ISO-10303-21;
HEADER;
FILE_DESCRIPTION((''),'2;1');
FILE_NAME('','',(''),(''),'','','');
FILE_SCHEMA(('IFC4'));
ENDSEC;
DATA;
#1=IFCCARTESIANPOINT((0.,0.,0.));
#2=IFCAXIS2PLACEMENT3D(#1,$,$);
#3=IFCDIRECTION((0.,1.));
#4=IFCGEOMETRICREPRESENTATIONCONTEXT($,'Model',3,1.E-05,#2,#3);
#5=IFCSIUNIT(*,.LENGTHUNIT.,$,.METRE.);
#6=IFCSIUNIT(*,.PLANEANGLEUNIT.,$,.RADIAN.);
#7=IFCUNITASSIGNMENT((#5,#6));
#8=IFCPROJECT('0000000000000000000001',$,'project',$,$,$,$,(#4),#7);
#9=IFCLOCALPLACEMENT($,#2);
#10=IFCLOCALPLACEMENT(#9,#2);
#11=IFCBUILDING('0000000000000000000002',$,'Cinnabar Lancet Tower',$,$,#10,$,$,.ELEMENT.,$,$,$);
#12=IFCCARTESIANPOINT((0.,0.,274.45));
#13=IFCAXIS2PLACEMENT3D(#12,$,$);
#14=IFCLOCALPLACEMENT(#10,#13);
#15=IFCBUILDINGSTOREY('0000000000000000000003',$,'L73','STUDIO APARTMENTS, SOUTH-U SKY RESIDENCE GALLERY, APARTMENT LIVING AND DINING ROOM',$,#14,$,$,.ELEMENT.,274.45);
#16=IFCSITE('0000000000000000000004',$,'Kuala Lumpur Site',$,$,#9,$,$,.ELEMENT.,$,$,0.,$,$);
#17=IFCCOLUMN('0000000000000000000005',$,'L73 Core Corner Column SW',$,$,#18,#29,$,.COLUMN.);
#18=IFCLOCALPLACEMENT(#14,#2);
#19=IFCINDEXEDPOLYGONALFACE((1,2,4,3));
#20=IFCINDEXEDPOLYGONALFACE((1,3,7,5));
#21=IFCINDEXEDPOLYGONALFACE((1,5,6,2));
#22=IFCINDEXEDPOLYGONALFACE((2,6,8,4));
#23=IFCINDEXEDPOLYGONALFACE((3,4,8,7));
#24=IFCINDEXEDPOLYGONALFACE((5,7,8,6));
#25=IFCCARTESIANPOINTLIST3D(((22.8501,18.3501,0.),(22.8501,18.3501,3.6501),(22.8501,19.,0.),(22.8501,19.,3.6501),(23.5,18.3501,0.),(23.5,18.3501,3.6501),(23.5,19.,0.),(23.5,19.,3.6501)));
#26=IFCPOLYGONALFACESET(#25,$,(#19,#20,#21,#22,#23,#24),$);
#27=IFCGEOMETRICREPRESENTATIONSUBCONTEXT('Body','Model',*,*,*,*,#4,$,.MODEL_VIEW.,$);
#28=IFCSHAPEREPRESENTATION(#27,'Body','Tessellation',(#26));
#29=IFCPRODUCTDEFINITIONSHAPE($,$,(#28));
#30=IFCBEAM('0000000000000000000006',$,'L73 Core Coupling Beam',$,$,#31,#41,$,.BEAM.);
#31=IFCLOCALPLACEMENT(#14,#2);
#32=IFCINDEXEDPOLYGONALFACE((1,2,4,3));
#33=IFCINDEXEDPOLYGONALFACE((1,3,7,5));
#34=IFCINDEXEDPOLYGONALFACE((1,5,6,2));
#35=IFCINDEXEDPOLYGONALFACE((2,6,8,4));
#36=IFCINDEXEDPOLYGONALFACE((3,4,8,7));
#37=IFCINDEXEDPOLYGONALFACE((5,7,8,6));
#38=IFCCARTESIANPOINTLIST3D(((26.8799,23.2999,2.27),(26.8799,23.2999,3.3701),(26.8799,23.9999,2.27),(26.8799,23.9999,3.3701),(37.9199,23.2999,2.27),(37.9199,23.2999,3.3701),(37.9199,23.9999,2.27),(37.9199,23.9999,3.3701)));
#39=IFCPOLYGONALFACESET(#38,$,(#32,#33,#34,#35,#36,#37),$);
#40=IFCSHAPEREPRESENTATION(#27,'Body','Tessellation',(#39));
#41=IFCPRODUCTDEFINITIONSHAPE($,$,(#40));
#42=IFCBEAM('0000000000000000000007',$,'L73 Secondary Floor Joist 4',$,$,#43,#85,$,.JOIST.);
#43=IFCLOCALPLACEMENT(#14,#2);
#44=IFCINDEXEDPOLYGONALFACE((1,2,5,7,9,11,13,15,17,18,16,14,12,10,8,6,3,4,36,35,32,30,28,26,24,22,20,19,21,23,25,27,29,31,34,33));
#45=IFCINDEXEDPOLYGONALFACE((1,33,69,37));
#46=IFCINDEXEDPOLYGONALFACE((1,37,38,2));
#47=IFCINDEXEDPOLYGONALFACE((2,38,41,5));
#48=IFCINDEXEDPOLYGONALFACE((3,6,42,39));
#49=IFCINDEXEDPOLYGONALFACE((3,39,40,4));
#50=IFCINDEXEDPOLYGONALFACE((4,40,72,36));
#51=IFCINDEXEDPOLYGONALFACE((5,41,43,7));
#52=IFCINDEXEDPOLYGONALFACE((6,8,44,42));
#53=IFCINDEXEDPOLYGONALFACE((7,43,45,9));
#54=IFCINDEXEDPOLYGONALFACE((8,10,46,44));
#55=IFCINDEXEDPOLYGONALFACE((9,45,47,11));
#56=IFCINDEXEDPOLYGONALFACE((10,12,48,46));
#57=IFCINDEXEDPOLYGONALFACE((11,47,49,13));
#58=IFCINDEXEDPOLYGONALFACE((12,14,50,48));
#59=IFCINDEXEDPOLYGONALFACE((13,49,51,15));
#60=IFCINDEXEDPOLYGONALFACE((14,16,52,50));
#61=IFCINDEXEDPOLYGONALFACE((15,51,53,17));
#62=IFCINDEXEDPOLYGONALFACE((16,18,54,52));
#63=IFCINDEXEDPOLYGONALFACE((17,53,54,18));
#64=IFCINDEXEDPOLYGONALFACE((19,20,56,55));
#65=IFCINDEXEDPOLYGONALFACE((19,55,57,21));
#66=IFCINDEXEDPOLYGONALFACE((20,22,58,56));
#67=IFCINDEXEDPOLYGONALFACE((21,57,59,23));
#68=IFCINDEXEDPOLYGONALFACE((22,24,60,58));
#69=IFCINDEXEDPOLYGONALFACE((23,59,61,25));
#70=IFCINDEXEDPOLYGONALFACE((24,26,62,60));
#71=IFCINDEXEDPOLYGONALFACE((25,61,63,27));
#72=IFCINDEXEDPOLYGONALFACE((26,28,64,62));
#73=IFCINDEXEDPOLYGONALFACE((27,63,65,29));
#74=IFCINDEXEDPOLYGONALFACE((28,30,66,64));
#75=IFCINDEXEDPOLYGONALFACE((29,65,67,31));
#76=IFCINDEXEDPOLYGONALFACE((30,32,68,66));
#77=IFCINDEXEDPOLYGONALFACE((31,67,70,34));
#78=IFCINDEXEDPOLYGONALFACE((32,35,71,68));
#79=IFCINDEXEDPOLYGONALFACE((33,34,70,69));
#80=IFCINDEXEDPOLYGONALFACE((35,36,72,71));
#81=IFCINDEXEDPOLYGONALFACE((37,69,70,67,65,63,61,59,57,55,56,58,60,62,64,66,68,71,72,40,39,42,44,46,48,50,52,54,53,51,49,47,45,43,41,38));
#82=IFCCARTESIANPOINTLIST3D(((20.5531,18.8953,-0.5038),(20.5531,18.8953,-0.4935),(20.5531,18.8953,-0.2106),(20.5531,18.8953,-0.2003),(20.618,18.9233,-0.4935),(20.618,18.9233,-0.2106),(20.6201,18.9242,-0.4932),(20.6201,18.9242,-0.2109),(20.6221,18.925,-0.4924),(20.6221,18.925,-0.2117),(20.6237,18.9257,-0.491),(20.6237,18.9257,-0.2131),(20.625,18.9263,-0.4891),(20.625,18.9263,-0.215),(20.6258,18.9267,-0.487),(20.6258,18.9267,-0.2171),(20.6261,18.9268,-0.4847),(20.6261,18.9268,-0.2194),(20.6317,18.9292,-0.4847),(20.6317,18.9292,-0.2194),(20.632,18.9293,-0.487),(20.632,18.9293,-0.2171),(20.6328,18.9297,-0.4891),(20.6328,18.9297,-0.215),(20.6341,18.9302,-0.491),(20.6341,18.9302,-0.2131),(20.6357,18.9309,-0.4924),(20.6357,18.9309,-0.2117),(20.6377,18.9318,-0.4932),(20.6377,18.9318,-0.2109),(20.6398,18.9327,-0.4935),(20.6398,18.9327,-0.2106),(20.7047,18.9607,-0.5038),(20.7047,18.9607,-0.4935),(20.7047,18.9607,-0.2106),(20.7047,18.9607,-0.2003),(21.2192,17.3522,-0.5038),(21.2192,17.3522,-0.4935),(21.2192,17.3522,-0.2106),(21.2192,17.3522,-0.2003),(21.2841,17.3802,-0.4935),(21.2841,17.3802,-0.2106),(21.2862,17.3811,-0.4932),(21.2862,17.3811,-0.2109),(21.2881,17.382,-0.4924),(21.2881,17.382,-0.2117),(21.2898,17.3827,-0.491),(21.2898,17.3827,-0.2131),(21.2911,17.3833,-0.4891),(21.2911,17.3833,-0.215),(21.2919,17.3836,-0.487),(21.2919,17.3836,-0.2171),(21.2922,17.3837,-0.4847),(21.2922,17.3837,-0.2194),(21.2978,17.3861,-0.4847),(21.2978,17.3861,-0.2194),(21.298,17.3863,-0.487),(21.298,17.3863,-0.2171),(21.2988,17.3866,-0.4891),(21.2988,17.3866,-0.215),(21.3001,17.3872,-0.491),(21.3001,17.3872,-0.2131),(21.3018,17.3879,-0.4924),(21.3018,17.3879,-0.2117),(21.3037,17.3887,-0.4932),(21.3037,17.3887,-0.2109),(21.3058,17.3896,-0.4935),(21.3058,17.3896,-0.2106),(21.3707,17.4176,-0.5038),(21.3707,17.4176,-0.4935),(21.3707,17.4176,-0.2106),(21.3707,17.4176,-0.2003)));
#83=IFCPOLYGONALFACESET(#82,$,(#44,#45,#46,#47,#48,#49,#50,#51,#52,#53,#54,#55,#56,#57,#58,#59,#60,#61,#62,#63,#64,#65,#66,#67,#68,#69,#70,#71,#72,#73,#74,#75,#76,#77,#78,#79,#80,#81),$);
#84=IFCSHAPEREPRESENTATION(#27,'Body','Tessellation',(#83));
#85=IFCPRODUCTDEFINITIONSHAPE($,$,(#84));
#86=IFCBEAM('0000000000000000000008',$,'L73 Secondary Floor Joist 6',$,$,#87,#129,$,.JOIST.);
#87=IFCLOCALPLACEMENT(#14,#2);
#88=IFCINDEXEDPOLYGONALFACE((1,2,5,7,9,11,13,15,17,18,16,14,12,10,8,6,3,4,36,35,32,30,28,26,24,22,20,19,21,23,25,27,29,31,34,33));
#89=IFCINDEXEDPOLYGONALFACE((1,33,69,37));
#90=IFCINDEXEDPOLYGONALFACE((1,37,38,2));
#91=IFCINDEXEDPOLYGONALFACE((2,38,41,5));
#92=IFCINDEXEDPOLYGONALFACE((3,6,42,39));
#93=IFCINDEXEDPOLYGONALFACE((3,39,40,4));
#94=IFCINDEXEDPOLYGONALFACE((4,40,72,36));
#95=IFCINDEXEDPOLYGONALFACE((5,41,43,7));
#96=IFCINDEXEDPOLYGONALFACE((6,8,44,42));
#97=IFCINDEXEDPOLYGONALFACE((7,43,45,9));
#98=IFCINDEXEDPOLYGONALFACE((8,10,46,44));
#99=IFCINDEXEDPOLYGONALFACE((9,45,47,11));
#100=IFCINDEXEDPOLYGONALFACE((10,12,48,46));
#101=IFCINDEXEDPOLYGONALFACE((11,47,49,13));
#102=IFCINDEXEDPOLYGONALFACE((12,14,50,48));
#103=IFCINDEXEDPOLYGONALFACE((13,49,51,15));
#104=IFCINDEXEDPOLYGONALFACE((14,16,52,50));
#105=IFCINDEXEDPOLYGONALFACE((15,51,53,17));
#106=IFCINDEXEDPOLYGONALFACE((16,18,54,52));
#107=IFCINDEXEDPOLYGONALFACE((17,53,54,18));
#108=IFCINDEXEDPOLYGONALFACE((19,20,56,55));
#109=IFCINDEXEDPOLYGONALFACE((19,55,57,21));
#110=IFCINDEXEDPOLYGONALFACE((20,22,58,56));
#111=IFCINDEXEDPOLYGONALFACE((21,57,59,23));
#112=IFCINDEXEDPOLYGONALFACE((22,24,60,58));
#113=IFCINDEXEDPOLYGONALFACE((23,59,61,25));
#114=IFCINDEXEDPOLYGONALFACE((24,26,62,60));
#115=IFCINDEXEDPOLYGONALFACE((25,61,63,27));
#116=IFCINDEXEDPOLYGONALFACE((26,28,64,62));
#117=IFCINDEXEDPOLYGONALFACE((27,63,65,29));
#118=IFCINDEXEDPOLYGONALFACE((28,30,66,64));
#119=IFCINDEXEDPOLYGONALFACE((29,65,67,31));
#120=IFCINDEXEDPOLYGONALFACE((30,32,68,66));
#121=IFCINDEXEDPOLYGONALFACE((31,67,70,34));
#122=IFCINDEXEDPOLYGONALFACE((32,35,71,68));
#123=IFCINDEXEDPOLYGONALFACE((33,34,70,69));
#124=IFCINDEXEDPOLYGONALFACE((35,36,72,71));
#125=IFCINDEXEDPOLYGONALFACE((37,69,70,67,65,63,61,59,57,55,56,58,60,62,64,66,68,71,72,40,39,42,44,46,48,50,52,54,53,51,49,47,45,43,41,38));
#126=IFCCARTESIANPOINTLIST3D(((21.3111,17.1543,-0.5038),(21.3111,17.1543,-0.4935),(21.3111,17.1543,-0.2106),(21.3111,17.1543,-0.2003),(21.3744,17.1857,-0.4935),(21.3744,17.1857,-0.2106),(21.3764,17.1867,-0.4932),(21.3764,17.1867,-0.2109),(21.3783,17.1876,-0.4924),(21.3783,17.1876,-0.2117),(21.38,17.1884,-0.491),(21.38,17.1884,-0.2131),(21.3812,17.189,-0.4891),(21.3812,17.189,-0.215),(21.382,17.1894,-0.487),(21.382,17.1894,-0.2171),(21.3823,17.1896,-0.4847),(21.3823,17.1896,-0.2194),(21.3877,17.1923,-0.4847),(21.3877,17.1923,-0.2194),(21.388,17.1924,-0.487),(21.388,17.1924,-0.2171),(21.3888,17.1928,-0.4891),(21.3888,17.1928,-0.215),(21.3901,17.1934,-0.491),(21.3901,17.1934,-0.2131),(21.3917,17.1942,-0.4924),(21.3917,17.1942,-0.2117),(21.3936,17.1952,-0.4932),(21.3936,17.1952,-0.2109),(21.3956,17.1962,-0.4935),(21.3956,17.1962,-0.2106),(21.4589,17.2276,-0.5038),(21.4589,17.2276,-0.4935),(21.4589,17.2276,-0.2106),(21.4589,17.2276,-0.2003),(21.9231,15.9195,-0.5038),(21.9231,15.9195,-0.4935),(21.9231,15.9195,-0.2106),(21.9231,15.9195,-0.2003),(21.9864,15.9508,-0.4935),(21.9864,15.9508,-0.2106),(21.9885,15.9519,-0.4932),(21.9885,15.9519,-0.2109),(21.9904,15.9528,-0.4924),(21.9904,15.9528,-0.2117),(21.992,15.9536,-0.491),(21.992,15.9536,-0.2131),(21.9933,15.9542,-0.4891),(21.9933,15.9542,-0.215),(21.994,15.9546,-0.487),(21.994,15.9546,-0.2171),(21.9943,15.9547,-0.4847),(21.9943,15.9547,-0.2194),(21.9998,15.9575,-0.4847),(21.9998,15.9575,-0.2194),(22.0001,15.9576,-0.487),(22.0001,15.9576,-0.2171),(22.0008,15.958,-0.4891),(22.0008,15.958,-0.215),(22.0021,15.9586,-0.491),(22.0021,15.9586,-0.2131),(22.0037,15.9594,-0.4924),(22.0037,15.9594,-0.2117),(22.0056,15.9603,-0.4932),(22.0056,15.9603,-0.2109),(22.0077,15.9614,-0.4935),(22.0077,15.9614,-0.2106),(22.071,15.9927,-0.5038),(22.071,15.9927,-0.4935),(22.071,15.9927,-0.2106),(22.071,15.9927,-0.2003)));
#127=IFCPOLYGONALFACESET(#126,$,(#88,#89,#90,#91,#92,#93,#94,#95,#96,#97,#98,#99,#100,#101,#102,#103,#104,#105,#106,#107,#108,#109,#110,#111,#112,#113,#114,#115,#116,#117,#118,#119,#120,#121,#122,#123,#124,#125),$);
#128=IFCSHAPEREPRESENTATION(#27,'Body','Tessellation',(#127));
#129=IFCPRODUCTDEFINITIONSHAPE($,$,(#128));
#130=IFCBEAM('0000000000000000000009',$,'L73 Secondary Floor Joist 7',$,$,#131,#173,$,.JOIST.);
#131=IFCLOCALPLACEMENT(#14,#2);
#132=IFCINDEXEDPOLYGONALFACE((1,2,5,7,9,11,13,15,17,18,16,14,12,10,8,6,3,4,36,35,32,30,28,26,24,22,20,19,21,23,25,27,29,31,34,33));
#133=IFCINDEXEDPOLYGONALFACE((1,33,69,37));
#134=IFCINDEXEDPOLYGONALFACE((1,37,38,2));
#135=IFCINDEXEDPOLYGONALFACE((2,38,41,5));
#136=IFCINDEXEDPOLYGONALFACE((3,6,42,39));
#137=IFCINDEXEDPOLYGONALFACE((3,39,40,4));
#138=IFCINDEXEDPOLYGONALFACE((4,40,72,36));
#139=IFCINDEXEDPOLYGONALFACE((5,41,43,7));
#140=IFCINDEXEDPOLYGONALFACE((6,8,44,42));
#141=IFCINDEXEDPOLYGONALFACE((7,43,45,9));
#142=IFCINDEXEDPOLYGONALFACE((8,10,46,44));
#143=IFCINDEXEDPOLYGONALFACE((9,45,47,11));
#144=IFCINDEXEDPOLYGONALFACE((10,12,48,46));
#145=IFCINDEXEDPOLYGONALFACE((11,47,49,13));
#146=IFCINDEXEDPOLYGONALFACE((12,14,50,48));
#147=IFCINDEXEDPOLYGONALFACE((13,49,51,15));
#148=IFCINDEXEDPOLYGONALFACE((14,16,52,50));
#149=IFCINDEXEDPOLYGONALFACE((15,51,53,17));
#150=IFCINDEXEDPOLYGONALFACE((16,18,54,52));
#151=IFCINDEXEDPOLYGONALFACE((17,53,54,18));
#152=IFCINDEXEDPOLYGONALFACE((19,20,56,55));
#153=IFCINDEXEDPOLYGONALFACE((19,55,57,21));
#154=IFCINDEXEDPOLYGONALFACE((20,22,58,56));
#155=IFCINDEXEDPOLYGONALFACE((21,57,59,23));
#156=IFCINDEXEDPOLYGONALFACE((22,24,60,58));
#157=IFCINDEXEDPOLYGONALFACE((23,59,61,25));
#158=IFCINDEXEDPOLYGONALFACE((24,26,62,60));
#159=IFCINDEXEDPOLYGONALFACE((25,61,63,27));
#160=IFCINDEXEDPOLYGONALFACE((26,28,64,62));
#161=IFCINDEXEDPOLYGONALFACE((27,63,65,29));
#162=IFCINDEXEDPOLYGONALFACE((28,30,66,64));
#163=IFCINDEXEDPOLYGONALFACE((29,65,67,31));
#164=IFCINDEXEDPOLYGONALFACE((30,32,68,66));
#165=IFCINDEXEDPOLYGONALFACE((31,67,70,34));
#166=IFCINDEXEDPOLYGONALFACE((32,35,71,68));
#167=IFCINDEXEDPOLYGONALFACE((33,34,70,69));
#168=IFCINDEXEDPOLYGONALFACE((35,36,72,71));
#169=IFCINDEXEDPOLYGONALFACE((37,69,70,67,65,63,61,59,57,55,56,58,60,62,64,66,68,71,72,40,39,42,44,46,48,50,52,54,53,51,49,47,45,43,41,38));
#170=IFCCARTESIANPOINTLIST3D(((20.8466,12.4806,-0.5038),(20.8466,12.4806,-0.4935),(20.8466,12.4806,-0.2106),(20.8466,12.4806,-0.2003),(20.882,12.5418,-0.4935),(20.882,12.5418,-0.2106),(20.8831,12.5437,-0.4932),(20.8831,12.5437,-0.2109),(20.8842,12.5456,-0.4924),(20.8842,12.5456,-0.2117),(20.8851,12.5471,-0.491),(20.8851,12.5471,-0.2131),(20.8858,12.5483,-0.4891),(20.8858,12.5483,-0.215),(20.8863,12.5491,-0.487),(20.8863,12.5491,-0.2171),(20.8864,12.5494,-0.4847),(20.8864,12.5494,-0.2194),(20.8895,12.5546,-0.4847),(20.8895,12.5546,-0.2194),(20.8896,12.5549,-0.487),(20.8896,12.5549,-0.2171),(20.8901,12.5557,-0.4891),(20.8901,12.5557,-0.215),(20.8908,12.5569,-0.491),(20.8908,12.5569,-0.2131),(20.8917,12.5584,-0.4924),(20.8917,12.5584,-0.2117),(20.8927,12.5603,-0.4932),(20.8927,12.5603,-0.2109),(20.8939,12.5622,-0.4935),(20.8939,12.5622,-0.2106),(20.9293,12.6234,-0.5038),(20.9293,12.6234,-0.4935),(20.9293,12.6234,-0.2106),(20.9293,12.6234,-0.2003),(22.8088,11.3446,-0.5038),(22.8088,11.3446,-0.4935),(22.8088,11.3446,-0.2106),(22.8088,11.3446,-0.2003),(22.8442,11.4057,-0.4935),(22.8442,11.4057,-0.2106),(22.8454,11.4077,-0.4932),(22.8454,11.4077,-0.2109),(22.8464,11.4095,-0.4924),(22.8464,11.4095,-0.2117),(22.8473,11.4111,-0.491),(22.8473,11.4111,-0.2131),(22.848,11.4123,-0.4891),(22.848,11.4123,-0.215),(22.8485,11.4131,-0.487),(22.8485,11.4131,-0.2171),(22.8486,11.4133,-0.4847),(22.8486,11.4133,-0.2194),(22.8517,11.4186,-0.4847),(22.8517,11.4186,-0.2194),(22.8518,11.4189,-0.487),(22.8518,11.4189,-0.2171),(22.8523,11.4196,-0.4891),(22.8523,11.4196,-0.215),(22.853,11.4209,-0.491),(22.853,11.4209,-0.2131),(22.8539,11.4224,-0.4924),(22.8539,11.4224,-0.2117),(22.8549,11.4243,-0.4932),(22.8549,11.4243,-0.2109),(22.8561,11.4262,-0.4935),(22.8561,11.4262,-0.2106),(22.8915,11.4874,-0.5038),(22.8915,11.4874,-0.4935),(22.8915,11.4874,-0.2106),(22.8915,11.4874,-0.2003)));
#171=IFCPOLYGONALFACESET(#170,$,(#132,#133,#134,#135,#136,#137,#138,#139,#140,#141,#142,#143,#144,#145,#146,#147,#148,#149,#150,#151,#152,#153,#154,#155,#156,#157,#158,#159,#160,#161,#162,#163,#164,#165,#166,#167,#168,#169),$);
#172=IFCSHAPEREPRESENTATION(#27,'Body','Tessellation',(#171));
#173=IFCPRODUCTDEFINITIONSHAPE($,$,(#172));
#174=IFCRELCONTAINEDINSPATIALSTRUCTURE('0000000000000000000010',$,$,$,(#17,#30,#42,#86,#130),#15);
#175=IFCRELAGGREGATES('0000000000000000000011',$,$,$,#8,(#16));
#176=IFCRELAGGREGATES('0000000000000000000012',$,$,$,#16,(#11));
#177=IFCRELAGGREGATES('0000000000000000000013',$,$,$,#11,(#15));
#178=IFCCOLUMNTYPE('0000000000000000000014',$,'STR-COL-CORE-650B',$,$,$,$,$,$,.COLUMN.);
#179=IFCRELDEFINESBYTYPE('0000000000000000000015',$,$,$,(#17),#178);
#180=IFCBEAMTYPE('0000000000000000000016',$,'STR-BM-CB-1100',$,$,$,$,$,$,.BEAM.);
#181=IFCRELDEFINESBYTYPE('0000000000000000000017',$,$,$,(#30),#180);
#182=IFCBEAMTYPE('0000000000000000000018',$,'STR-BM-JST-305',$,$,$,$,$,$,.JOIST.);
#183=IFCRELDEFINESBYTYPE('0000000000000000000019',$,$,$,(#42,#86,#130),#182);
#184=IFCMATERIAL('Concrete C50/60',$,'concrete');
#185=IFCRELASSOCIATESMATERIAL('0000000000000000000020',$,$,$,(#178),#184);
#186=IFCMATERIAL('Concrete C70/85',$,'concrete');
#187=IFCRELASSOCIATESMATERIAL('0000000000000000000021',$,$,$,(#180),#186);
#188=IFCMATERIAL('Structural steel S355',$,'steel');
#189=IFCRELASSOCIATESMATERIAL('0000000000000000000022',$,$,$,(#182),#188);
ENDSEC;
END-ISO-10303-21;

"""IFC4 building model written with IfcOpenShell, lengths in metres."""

from ifc_helpers import new_model, si_unit, direction, frame, origin, origin_2d, place, context, subcontext, project, spatial, rectangle, i_section, extrude, material, material_profile, profile_set, type_object, element, save


model = new_model("IFC4")

# Units and contexts
model_context = context("Model", 3, precision=1e-05, world=origin(), true_north=direction((0.0, 1.0)))
body_context = subcontext(model_context, "Body", "Model", "MODEL_VIEW")
ifc_project = project(units=[si_unit("LENGTHUNIT", "METRE"), si_unit("PLANEANGLEUNIT", "RADIAN")], contexts=[model_context])

# Site, building, storey
site_placement = place(None, origin())
site = spatial("IfcSite", under=ifc_project, at=site_placement, Name="Kuala Lumpur Site", CompositionType="ELEMENT", RefElevation=0.0)
building_placement = place(site_placement, origin())
building = spatial("IfcBuilding", under=site, at=building_placement, Name="Cinnabar Lancet Tower", CompositionType="ELEMENT")
storey_placement = place(building_placement, frame((0.0, 0.0, 274.45)))
storey = spatial("IfcBuildingStorey", under=building, at=storey_placement, Name="L73", Description="STUDIO APARTMENTS, SOUTH-U SKY RESIDENCE GALLERY, APARTMENT LIVING AND DINING ROOM", CompositionType="ELEMENT", Elevation=274.45)

# Column
ifc_material_1 = material(Name="Concrete C50/60", Category="concrete")
ifc_material_profile_1 = material_profile(ifc_material_1, rectangle(XDim=0.6499, YDim=0.6499, at=origin_2d()), Name="RC-COL 650x650")
ifc_profile_set_1 = profile_set([ifc_material_profile_1], Name="Concrete C50/60")
column_type = type_object("IfcColumnType", Name="STR-COL-CORE-650B", PredefinedType="COLUMN", material=ifc_profile_set_1)
column_placement = place(storey_placement, frame((23.175, 18.675, 0.0), z_axis=(0.0, 0.0, 1.0), x_axis=(1.0, 0.0, 0.0)))
element("IfcColumn", 1, at=column_placement, inside=storey, type_object=column_type, Name="L73 Core Corner Column SW", PredefinedType="COLUMN", context=body_context, shape_type="SweptSolid", body=[
    extrude(rectangle(XDim=0.6499, YDim=0.6499, at=origin_2d()), origin(), (0.0, 0.0, 1.0), 3.6501),
])

# Beams
ifc_material_2 = material(Name="Concrete C70/85", Category="concrete")
ifc_material_profile_2 = material_profile(ifc_material_2, rectangle(XDim=0.7, YDim=1.1001, at=origin_2d()), Name="RC-CB 700x1100")
ifc_profile_set_2 = profile_set([ifc_material_profile_2], Name="Concrete C70/85")
beam_type_1 = type_object("IfcBeamType", Name="STR-BM-CB-1100", PredefinedType="BEAM", material=ifc_profile_set_2)
beam_1_placement = place(storey_placement, frame((26.8799, 23.6499, 2.8201), z_axis=(1.0, 0.0, 0.0), x_axis=(0.0, 1.0, 0.0)))
element("IfcBeam", 2, at=beam_1_placement, inside=storey, type_object=beam_type_1, Name="L73 Core Coupling Beam", PredefinedType="BEAM", context=body_context, shape_type="SweptSolid", body=[
    extrude(rectangle(XDim=0.7, YDim=1.1001, at=origin_2d()), origin(), (0.0, 0.0, 1.0), 11.04),
])
ifc_material_3 = material(Name="Structural steel S355", Category="steel")
ifc_material_profile_3 = material_profile(ifc_material_3, i_section(OverallWidth=0.165, OverallDepth=0.3035, WebThickness=0.0061, FlangeThickness=0.0103, FilletRadius=0.0088, at=origin_2d()), Name="UKB 305x165x40")
ifc_profile_set_3 = profile_set([ifc_material_profile_3], Name="Structural steel S355")
beam_type_2 = type_object("IfcBeamType", Name="STR-BM-JST-305", PredefinedType="JOIST", material=ifc_profile_set_3)
beam_2_placement = place(storey_placement, frame((20.6289, 18.928, -0.3521), z_axis=(0.396302, -0.91812, 0.0), x_axis=(0.91812, 0.396302, 0.0)))
element("IfcBeam", 3, at=beam_2_placement, inside=storey, type_object=beam_type_2, Name="L73 Secondary Floor Joist 4", PredefinedType="JOIST", context=body_context, shape_type="SweptSolid", body=[
    extrude(i_section(OverallWidth=0.165, OverallDepth=0.3035, WebThickness=0.0061, FlangeThickness=0.0103, FilletRadius=0.0088, at=origin_2d()), origin(), (0.0, 0.0, 1.0), 1.6807),
])
beam_3_placement = place(storey_placement, frame((21.385, 17.1909, -0.3521), z_axis=(0.444093, -0.895981, 0.0), x_axis=(0.895981, 0.444093, 0.0)))
element("IfcBeam", 4, at=beam_3_placement, inside=storey, type_object=beam_type_2, Name="L73 Secondary Floor Joist 6", PredefinedType="JOIST", context=body_context, shape_type="SweptSolid", body=[
    extrude(i_section(OverallWidth=0.165, OverallDepth=0.3035, WebThickness=0.0061, FlangeThickness=0.0103, FilletRadius=0.0088, at=origin_2d()), origin(), (0.0, 0.0, 1.0), 1.3782),
])
beam_4_placement = place(storey_placement, frame((20.8879, 12.552, -0.3521), z_axis=(0.865426, -0.501036, 0.0), x_axis=(0.501036, 0.865426, 0.0)))
element("IfcBeam", 5, at=beam_4_placement, inside=storey, type_object=beam_type_2, Name="L73 Secondary Floor Joist 7", PredefinedType="JOIST", context=body_context, shape_type="SweptSolid", body=[
    extrude(i_section(OverallWidth=0.165, OverallDepth=0.3035, WebThickness=0.0061, FlangeThickness=0.0103, FilletRadius=0.0088, at=origin_2d()), origin(), (0.0, 0.0, 1.0), 2.2673),
])

save(model, "model.ifc")
